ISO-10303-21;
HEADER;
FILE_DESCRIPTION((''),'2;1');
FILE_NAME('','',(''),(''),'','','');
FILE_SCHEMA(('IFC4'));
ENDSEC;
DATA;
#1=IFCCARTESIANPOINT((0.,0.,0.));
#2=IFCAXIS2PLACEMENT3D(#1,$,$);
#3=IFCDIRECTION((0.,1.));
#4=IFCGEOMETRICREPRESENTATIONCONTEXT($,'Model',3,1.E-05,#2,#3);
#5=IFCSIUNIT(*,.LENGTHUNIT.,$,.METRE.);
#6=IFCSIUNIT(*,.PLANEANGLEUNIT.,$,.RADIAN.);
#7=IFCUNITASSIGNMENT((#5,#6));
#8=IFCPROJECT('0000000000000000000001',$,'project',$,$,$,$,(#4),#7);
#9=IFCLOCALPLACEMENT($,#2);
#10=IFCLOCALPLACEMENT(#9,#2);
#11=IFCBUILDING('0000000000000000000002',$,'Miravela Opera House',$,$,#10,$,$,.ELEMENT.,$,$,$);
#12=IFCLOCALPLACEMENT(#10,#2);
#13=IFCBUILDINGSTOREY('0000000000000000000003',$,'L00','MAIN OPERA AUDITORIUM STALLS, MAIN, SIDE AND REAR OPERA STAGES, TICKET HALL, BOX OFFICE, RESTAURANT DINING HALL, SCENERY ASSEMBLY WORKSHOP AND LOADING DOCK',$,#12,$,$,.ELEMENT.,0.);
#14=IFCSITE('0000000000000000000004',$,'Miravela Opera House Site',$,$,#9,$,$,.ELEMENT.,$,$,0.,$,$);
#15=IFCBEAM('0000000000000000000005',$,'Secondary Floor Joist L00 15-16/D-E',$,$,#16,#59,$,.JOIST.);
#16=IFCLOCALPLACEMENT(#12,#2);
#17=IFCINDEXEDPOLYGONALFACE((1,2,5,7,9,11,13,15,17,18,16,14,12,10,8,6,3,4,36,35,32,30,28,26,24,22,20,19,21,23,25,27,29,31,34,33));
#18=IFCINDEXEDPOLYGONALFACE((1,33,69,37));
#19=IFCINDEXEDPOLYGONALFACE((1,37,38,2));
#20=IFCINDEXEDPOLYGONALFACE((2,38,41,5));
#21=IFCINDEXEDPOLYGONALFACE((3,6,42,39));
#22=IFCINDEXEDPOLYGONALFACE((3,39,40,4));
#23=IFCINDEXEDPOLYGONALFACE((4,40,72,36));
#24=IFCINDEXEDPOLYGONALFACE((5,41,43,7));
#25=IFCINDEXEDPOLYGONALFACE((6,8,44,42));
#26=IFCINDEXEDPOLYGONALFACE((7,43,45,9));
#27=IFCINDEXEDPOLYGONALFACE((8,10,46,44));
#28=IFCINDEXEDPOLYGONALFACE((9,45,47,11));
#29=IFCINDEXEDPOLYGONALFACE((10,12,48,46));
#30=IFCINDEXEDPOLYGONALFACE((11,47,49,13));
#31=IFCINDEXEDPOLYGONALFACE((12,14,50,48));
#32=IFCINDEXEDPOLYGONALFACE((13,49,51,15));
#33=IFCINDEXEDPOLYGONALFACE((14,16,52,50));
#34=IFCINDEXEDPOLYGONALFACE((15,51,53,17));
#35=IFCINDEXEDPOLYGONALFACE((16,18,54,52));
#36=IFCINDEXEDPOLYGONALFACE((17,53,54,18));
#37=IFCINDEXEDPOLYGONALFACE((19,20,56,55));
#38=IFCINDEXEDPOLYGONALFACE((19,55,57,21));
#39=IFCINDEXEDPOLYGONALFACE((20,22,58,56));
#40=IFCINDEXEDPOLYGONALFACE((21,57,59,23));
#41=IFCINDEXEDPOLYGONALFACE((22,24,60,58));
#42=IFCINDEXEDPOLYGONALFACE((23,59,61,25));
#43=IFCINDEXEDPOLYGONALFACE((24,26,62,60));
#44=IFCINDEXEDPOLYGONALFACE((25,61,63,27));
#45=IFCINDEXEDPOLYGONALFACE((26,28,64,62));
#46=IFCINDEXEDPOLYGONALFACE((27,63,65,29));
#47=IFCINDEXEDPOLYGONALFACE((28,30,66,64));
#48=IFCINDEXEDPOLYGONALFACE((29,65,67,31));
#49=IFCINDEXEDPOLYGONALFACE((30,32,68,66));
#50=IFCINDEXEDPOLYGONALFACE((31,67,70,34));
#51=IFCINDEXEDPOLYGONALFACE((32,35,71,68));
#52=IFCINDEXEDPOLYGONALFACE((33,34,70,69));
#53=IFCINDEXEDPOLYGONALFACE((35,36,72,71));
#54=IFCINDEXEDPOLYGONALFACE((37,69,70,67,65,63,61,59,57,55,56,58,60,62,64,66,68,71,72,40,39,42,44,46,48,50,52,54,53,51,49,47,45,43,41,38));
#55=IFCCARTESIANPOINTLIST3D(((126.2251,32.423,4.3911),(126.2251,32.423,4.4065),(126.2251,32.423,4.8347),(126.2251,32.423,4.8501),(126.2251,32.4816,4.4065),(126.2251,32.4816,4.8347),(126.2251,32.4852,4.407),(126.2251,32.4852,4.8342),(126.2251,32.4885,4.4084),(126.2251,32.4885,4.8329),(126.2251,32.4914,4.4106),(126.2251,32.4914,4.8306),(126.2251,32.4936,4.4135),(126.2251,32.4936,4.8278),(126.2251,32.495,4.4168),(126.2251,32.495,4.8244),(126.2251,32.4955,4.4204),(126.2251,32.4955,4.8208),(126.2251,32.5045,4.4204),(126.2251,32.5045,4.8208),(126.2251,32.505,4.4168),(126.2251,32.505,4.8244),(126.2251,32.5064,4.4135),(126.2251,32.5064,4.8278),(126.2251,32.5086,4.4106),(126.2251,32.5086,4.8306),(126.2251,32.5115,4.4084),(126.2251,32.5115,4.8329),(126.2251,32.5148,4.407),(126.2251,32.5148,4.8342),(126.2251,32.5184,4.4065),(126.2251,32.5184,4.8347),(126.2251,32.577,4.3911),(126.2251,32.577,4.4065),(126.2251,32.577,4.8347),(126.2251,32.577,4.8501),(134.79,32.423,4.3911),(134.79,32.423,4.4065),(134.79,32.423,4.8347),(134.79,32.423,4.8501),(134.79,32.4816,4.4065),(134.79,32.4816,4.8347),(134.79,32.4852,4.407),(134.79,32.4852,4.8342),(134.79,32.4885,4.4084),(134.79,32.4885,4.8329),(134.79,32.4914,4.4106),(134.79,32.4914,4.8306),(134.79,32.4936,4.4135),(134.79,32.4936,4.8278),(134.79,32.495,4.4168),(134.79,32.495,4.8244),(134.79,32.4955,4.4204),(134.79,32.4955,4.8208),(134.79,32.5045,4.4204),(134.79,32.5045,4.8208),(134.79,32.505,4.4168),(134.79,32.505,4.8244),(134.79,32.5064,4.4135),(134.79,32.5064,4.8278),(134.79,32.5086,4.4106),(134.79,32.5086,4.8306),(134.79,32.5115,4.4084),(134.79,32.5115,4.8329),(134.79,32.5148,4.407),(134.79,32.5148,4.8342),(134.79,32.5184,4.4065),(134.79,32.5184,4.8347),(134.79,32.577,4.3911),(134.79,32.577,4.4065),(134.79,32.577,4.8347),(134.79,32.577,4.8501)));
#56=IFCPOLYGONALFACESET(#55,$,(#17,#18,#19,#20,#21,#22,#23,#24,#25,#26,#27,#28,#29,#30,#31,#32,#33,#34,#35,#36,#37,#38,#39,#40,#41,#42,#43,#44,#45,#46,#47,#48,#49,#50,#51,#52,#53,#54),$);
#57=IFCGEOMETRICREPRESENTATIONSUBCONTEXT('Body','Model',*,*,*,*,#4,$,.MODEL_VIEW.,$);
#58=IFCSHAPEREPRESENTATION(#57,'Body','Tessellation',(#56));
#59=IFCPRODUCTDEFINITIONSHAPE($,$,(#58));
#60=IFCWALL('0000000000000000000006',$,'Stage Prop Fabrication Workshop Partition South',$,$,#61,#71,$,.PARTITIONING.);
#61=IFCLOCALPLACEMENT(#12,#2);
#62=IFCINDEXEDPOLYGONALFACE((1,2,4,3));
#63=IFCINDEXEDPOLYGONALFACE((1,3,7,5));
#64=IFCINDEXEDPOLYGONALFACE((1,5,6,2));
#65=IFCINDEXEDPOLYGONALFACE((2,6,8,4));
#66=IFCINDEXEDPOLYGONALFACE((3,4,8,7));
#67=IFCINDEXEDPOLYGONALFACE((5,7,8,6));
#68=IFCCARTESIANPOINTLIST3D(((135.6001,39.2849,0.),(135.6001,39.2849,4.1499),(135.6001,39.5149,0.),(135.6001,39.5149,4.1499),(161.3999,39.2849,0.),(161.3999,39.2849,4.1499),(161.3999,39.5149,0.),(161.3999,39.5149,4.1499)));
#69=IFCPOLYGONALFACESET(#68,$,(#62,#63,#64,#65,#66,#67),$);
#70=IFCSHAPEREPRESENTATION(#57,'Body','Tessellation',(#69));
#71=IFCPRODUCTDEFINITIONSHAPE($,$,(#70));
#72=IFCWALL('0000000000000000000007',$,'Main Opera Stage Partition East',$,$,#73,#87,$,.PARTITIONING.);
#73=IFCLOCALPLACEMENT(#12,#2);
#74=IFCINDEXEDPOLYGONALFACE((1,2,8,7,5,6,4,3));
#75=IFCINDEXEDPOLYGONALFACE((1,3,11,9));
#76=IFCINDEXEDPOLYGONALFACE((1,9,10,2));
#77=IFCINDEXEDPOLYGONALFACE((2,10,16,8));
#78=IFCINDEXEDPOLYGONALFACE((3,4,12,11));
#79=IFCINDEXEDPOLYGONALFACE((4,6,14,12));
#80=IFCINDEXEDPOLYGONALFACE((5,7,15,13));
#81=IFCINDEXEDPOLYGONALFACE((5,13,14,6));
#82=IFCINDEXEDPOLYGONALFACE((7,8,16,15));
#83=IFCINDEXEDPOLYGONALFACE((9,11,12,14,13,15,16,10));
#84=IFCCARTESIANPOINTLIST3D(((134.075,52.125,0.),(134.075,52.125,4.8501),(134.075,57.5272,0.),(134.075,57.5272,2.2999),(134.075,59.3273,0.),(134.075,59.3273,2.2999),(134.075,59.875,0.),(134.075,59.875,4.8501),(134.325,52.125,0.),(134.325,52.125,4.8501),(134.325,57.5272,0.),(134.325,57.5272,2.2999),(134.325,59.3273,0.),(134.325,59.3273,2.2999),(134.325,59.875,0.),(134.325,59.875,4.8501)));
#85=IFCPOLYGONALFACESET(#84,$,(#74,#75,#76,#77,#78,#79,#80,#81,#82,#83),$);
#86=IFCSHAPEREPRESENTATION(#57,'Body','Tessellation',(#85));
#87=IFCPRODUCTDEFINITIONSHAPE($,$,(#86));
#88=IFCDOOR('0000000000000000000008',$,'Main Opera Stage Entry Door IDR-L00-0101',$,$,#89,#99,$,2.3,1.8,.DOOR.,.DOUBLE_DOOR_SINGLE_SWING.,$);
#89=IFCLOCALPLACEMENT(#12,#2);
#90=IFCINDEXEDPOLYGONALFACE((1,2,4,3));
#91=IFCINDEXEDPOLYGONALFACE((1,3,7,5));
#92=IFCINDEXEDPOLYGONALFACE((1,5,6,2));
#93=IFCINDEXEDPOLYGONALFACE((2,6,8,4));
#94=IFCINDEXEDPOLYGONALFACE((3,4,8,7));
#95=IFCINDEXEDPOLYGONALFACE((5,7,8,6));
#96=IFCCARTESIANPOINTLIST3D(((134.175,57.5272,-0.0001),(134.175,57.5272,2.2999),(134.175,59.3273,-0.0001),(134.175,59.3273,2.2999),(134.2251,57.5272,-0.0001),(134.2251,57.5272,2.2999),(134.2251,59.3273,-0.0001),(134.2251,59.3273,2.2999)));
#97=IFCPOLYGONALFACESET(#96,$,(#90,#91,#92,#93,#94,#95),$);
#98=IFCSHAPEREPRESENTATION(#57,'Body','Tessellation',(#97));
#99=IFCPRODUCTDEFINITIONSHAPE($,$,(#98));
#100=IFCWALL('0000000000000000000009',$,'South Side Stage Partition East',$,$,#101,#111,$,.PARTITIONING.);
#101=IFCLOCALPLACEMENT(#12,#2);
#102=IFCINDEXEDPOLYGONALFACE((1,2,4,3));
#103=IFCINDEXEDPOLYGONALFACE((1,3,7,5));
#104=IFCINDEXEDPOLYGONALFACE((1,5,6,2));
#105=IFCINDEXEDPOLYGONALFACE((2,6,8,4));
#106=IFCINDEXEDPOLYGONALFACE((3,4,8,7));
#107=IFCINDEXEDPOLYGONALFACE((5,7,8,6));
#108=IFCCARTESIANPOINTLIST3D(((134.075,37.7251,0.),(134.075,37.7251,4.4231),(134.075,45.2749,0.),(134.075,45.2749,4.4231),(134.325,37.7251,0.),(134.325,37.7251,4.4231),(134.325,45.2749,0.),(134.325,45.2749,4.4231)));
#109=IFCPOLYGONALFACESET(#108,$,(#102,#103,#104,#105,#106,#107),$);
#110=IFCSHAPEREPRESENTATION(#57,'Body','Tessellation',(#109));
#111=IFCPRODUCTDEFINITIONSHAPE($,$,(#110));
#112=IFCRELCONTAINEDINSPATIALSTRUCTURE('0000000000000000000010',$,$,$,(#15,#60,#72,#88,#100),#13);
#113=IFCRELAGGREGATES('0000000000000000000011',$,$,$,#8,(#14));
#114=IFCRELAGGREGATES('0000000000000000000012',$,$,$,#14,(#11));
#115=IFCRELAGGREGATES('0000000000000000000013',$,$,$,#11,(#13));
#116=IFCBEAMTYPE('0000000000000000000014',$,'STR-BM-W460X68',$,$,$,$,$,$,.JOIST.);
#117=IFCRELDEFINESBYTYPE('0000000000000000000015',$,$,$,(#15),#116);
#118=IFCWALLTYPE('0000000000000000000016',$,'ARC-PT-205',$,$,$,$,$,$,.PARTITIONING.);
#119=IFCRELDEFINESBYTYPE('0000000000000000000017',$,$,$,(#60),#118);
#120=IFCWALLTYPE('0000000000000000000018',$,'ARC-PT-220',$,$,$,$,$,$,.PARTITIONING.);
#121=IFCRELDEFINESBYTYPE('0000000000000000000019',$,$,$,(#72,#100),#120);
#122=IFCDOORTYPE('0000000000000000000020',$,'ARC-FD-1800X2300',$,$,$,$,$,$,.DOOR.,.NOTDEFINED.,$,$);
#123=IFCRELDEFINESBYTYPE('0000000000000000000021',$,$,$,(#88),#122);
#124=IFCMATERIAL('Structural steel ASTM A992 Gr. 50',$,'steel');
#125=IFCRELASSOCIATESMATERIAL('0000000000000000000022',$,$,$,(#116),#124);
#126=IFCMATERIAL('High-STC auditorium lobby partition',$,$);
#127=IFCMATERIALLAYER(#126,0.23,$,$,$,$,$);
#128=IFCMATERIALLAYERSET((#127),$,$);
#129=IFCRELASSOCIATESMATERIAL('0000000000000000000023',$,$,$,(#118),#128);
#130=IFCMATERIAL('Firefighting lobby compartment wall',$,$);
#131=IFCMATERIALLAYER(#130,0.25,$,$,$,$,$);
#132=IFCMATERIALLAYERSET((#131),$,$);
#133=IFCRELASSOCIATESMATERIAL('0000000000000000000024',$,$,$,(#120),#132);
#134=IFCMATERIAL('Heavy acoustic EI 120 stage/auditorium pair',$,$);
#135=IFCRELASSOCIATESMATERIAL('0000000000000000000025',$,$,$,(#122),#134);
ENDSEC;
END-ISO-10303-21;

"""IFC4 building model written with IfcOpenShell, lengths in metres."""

from ifc_helpers import new_model, si_unit, direction, frame, frame_2d, origin, origin_2d, place, context, subcontext, project, spatial, rectangle, i_section, extrude, material, layer, layer_set, material_profile, profile_set, type_object, element, fill, save


model = new_model("IFC4")

# Units and contexts
model_context = context("Model", 3, precision=1e-05, world=origin(), true_north=direction((0.0, 1.0)))
body_context = subcontext(model_context, "Body", "Model", "MODEL_VIEW")
ifc_project = project(units=[si_unit("LENGTHUNIT", "METRE"), si_unit("PLANEANGLEUNIT", "RADIAN")], contexts=[model_context])

# Site, building, storey
site_placement = place(None, origin())
site = spatial("IfcSite", under=ifc_project, at=site_placement, Name="Miravela Opera House Site", CompositionType="ELEMENT", RefElevation=0.0)
building_placement = place(site_placement, origin())
building = spatial("IfcBuilding", under=site, at=building_placement, Name="Miravela Opera House", CompositionType="ELEMENT")
storey_placement = place(building_placement, origin())
storey = spatial("IfcBuildingStorey", under=building, at=storey_placement, Name="L00", Description="MAIN OPERA AUDITORIUM STALLS, MAIN, SIDE AND REAR OPERA STAGES, TICKET HALL, BOX OFFICE, RESTAURANT DINING HALL, SCENERY ASSEMBLY WORKSHOP AND LOADING DOCK", CompositionType="ELEMENT", Elevation=0.0)

# Beam
ifc_material_1 = material(Name="Structural steel ASTM A992 Gr. 50", Category="steel")
ifc_material_profile_1 = material_profile(ifc_material_1, i_section(OverallWidth=0.1541, OverallDepth=0.459, WebThickness=0.009, FlangeThickness=0.0154, FilletRadius=0.0139, at=origin_2d()), Name="W460X68")
ifc_profile_set_1 = profile_set([ifc_material_profile_1])
beam_type_1 = type_object("IfcBeamType", Name="STR-BM-W460X68", PredefinedType="JOIST", material=ifc_profile_set_1)
beam_1_placement = place(storey_placement, frame((126.2251, 32.5, 4.6206), z_axis=(1.0, 0.0, 0.0), x_axis=(0.0, 1.0, 0.0)))
element("IfcBeam", 1, at=beam_1_placement, inside=storey, type_object=beam_type_1, Name="Secondary Floor Joist L00 15-16/D-E", PredefinedType="JOIST", context=body_context, shape_type="SweptSolid", body=[
    extrude(i_section(OverallWidth=0.1541, OverallDepth=0.459, WebThickness=0.009, FlangeThickness=0.0154, FilletRadius=0.0139, at=origin_2d()), origin(), (0.0, 0.0, 1.0), 8.5649),
])

# Wall
ifc_material_2 = material(Name="High-STC auditorium lobby partition")
ifc_layer_1 = layer(ifc_material_2, 0.23)
ifc_layer_set_1 = layer_set([ifc_layer_1])
wall_type_1 = type_object("IfcWallType", Name="ARC-PT-205", PredefinedType="PARTITIONING", material=ifc_layer_set_1)
wall_1_placement = place(storey_placement, frame((135.6001, 39.3999, 0.0), z_axis=(0.0, 0.0, 1.0), x_axis=(1.0, 0.0, 0.0)))
element("IfcWall", 2, at=wall_1_placement, inside=storey, type_object=wall_type_1, Name="Stage Prop Fabrication Workshop Partition South", PredefinedType="PARTITIONING", context=body_context, shape_type="SweptSolid", body=[
    extrude(rectangle(XDim=25.7998, YDim=0.23, at=frame_2d((12.8999, 0.0))), origin(), (0.0, 0.0, 1.0), 4.1499),
])

# Wall, opening, door
ifc_material_3 = material(Name="Firefighting lobby compartment wall")
ifc_layer_2 = layer(ifc_material_3, 0.25)
ifc_layer_set_2 = layer_set([ifc_layer_2])
wall_type_2 = type_object("IfcWallType", Name="ARC-PT-220", PredefinedType="PARTITIONING", material=ifc_layer_set_2)
wall_2_placement = place(storey_placement, frame((134.2, 52.125, 0.0), z_axis=(0.0, 0.0, 1.0), x_axis=(0.0, 1.0, 0.0)))
wall_2 = element("IfcWall", 3, at=wall_2_placement, inside=storey, type_object=wall_type_2, Name="Main Opera Stage Partition East", PredefinedType="PARTITIONING", context=body_context, shape_type="SweptSolid", body=[
    extrude(rectangle(XDim=7.75, YDim=0.25, at=frame_2d((3.875, 0.0))), origin(), (0.0, 0.0, 1.0), 4.8501),
])
opening_placement = place(wall_2_placement, frame((5.4023, 0.0, 0.0)))
opening = element("IfcOpeningElement", 4, at=opening_placement, cuts=wall_2, PredefinedType="OPENING", context=body_context, shape_type="SweptSolid", body=[
    extrude(rectangle(XDim=1.8, YDim=2.3, at=frame_2d((0.8999, 1.1499))), frame((0.0, 0.135, 0.0), z_axis=(0.0, -1.0, 0.0), x_axis=(1.0, 0.0, 0.0)), (0.0, 0.0, 1.0), 0.27),
])
ifc_material_4 = material(Name="Heavy acoustic EI 120 stage/auditorium pair")
door_type = type_object("IfcDoorType", Name="ARC-FD-1800X2300", OperationType="NOTDEFINED", PredefinedType="DOOR", material=ifc_material_4)
door_placement = place(opening_placement, origin())
door = element("IfcDoor", 5, at=door_placement, inside=storey, type_object=door_type, Name="Main Opera Stage Entry Door IDR-L00-0101", OperationType="DOUBLE_DOOR_SINGLE_SWING", OverallHeight=2.3, OverallWidth=1.8, PredefinedType="DOOR", context=body_context, shape_type="SweptSolid", body=[
    extrude(rectangle(XDim=1.8, YDim=2.3, at=frame_2d((0.8999, 1.1499))), frame((0.0, 0.0249, 0.0), z_axis=(0.0, -1.0, 0.0), x_axis=(1.0, 0.0, 0.0)), (0.0, 0.0, 1.0), 0.05),
])
fill(opening, door)

# Wall
wall_3_placement = place(storey_placement, frame((134.2, 37.7251, 0.0), z_axis=(0.0, 0.0, 1.0), x_axis=(0.0, 1.0, 0.0)))
element("IfcWall", 6, at=wall_3_placement, inside=storey, type_object=wall_type_2, Name="South Side Stage Partition East", PredefinedType="PARTITIONING", context=body_context, shape_type="SweptSolid", body=[
    extrude(rectangle(XDim=7.5498, YDim=0.25, at=frame_2d((3.7749, 0.0))), origin(), (0.0, 0.0, 1.0), 4.4231),
])

save(model, "model.ifc")
